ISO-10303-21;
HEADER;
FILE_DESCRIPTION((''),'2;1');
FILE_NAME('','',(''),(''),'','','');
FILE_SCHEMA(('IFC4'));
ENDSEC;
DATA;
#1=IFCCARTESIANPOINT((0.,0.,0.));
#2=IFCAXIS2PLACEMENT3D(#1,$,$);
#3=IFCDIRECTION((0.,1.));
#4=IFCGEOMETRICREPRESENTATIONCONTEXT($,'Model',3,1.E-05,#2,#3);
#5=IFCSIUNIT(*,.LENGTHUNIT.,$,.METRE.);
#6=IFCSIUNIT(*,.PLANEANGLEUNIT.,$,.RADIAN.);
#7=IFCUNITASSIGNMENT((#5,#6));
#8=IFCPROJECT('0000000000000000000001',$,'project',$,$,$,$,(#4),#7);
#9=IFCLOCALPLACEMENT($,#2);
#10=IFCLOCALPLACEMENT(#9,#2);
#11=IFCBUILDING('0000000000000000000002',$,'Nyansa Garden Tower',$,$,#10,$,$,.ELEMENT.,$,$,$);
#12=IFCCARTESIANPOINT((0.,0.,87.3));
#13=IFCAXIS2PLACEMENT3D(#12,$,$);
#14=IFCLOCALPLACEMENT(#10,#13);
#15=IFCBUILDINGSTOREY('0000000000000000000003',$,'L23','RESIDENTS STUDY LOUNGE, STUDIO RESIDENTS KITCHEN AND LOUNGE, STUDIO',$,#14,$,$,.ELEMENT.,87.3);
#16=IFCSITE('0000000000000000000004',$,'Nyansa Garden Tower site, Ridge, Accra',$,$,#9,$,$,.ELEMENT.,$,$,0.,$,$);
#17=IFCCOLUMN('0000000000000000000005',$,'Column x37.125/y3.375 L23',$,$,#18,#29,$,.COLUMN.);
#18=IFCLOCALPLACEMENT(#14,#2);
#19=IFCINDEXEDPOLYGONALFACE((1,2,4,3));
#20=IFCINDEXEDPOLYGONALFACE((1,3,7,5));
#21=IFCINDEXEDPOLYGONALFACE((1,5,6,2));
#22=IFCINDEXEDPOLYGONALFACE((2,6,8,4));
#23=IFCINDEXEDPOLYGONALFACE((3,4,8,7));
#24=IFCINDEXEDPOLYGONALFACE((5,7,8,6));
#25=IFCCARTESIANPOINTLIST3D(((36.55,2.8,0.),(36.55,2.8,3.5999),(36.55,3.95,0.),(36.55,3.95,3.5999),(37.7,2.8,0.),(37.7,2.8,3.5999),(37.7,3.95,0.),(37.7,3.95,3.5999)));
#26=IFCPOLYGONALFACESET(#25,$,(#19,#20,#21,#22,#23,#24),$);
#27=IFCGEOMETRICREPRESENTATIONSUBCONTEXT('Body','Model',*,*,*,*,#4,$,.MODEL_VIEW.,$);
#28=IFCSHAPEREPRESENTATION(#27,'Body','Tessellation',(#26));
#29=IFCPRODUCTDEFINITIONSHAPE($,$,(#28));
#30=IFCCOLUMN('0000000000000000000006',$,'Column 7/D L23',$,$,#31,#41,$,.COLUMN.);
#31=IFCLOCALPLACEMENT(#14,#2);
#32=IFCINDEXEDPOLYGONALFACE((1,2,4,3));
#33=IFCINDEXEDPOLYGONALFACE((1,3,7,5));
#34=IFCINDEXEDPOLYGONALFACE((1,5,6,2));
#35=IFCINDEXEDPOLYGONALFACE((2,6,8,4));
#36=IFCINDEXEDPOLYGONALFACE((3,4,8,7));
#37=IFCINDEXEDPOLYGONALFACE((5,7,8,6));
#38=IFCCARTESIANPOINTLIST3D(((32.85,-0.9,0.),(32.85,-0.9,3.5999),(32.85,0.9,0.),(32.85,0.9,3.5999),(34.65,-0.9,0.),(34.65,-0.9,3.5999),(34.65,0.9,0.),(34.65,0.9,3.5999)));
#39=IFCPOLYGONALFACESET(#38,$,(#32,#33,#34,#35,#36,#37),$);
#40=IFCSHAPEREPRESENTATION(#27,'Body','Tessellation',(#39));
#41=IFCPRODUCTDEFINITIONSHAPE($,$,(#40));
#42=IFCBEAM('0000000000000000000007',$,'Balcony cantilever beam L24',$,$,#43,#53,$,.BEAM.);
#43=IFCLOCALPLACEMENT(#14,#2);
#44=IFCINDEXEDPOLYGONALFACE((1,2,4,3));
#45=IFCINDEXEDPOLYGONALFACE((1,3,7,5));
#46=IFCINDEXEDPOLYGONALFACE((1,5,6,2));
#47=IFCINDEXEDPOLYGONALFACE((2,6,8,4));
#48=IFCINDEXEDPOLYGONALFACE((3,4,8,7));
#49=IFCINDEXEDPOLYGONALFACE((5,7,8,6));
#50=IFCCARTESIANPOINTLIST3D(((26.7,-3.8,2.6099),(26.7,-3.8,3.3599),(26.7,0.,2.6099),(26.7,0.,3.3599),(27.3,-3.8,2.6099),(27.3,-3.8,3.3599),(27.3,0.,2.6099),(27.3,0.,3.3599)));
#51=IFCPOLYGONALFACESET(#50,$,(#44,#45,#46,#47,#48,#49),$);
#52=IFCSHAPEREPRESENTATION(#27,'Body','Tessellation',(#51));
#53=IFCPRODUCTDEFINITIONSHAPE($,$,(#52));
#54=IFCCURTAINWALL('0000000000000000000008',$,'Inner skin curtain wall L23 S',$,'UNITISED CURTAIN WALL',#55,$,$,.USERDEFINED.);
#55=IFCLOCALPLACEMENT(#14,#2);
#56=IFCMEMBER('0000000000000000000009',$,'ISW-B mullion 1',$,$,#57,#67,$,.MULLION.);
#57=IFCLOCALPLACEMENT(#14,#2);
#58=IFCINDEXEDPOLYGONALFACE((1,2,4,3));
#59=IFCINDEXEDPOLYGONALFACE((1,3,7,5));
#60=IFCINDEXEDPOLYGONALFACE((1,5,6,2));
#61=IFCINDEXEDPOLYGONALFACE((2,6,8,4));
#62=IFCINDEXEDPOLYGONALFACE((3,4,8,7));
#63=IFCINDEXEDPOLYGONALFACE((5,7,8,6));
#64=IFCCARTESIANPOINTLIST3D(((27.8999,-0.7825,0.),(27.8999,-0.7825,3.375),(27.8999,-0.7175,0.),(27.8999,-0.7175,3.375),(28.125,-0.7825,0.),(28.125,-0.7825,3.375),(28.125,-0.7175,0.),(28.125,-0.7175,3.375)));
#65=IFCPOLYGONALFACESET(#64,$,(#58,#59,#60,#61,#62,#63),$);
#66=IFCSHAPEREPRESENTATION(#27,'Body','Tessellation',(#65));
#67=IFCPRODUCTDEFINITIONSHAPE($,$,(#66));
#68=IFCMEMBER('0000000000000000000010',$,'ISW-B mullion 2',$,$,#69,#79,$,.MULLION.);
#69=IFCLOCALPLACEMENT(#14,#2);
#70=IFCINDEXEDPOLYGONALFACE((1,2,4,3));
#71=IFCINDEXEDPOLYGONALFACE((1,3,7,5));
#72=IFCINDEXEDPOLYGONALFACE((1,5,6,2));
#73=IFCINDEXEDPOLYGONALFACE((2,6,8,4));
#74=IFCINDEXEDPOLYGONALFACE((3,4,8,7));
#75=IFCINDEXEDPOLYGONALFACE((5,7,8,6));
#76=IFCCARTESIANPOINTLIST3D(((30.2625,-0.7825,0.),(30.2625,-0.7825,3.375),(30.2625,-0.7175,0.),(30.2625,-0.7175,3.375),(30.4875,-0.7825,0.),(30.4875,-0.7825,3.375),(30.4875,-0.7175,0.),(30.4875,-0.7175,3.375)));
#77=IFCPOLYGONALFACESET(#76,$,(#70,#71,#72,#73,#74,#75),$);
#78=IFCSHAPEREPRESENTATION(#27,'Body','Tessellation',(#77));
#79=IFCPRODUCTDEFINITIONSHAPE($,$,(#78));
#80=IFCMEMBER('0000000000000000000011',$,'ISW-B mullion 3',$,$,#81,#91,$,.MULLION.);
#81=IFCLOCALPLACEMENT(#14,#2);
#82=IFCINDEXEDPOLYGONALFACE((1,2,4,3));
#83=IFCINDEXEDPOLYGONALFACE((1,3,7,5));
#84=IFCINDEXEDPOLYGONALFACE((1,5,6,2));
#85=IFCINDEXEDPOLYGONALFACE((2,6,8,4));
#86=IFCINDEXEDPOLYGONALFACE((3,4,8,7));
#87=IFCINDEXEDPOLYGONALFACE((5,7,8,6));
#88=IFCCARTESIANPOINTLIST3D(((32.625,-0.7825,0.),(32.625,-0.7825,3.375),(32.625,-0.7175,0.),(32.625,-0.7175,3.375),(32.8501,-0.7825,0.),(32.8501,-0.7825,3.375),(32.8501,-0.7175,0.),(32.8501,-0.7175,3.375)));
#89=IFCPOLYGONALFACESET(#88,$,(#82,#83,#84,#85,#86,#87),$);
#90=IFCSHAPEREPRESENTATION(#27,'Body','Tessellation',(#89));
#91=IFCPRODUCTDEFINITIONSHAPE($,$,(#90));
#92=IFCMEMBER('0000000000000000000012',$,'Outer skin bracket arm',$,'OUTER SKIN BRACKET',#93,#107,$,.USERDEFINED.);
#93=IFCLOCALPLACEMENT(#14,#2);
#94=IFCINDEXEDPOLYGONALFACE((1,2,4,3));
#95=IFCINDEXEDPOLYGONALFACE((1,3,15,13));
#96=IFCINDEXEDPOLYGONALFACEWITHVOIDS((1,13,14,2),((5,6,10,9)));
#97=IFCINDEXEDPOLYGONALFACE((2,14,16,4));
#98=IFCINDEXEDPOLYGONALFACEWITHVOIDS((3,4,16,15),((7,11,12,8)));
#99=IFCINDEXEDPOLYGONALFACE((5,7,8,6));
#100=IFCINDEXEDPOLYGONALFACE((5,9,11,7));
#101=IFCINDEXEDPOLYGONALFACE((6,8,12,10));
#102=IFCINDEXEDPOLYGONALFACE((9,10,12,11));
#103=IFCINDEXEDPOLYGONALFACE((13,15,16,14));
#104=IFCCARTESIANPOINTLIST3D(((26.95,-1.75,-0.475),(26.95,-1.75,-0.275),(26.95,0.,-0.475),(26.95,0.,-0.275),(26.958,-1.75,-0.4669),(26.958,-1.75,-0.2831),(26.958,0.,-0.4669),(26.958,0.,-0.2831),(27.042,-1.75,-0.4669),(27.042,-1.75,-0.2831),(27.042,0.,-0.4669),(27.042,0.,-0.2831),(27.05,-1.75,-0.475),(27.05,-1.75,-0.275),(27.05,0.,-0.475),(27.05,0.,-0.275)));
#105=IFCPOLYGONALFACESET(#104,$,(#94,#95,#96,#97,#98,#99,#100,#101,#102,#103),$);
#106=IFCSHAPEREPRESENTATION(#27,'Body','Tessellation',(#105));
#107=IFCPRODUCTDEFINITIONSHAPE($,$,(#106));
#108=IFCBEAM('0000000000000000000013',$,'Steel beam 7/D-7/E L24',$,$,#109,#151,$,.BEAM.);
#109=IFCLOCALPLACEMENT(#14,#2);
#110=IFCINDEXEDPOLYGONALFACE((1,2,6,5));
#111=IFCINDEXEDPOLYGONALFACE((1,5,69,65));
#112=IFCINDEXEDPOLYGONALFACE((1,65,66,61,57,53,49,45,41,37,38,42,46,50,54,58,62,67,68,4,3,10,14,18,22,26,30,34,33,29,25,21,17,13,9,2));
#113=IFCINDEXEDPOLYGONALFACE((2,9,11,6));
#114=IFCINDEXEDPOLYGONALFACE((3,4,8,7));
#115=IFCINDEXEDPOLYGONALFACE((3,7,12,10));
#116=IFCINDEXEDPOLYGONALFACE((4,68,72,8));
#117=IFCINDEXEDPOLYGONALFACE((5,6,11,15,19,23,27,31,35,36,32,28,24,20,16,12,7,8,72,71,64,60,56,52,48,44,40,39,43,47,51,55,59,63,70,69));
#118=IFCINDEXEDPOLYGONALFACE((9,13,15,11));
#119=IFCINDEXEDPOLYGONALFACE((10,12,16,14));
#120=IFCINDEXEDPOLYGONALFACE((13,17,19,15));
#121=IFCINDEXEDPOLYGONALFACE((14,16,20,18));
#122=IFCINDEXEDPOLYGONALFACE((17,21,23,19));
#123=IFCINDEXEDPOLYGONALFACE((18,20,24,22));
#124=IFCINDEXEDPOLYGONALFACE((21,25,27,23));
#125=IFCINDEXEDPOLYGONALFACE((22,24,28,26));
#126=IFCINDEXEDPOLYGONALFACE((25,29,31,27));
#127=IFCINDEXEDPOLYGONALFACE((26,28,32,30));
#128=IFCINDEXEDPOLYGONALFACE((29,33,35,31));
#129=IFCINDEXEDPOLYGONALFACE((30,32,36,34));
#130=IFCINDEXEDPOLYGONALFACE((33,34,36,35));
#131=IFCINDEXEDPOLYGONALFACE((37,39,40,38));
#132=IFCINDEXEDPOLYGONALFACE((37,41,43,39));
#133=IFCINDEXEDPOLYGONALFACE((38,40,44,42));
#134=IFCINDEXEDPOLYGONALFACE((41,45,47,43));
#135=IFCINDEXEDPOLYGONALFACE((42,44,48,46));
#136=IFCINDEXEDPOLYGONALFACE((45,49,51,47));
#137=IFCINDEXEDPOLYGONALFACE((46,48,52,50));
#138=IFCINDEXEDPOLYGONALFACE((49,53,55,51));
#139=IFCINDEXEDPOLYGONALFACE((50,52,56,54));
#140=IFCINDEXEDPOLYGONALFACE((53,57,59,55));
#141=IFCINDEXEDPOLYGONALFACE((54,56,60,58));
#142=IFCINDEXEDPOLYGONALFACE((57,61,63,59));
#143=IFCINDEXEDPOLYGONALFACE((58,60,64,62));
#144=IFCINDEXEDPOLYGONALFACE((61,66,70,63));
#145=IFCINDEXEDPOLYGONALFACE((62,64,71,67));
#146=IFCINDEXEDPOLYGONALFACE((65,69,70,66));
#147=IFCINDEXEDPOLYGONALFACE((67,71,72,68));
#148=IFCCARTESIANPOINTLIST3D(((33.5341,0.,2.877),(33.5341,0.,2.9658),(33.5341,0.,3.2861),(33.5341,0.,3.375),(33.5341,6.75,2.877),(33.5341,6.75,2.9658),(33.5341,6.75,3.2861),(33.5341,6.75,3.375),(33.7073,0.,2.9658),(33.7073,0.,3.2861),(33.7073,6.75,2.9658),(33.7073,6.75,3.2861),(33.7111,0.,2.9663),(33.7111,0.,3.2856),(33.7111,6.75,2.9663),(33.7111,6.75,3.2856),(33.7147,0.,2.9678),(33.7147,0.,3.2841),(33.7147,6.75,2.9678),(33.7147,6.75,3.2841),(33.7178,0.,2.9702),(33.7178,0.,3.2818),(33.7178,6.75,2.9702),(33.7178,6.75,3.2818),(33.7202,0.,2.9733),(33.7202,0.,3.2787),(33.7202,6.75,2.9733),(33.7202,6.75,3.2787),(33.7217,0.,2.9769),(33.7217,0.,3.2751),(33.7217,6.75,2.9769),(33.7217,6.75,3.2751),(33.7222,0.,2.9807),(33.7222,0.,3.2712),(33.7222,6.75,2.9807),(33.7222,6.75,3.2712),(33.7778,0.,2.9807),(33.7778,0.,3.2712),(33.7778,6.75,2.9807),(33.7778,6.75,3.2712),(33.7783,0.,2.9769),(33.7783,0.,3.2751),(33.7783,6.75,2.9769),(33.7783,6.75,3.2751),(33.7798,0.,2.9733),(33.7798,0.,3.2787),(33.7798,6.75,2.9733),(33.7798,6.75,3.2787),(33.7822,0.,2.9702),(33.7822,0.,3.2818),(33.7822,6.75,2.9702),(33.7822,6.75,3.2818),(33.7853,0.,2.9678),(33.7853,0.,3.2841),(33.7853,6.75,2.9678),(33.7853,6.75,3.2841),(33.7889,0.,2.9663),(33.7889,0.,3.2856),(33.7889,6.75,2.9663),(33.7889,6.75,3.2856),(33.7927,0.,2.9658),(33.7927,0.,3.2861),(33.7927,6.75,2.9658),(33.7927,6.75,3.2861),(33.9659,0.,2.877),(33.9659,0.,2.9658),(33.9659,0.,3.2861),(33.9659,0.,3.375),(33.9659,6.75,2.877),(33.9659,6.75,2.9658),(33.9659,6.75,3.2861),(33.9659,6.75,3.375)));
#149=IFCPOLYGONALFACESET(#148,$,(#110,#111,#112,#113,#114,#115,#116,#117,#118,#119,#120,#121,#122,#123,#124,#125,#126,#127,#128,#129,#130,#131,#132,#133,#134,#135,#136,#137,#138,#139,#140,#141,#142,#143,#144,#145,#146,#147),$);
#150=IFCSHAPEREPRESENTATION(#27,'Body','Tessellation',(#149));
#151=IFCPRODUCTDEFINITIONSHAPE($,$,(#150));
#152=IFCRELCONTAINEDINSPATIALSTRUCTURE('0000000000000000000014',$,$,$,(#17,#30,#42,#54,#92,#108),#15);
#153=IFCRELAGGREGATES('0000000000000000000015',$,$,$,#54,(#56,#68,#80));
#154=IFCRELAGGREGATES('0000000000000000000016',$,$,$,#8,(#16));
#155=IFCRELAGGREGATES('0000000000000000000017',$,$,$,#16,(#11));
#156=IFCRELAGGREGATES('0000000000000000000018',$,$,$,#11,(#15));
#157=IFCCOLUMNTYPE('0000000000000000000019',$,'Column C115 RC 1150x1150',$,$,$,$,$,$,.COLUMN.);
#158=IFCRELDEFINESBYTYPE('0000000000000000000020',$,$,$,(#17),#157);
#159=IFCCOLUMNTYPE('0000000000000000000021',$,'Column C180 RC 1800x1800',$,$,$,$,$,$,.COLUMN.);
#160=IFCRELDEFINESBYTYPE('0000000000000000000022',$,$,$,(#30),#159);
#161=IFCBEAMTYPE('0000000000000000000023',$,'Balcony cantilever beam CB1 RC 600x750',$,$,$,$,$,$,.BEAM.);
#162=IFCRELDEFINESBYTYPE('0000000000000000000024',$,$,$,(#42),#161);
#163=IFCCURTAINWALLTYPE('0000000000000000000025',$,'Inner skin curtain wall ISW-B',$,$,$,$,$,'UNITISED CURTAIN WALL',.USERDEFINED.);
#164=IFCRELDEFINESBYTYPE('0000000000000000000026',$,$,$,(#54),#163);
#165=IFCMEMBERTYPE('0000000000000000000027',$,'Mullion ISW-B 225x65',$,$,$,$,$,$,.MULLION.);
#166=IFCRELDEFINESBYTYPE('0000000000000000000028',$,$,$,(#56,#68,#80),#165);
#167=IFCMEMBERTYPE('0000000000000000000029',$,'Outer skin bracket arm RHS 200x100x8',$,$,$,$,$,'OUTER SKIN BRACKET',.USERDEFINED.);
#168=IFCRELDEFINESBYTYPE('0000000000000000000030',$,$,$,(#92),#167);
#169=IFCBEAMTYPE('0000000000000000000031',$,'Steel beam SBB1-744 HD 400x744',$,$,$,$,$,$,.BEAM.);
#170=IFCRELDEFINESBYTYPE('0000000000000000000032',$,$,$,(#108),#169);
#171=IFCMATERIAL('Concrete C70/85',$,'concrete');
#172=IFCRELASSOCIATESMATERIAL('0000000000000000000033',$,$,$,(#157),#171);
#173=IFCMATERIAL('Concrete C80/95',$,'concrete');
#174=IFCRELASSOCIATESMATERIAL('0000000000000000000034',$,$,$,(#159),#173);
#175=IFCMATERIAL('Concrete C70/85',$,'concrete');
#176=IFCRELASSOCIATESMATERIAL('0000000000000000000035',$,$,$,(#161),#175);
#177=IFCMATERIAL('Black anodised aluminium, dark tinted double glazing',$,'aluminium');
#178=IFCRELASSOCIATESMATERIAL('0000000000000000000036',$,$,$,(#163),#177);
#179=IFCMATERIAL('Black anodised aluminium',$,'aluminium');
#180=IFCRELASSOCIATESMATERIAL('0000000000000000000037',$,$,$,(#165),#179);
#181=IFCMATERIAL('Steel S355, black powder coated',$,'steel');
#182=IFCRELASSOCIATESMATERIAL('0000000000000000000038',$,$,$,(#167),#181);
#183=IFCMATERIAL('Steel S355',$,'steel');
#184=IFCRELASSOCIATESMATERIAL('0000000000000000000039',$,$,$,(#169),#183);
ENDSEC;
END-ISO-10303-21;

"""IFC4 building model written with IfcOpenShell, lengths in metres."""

from ifc_helpers import new_model, si_unit, direction, frame, origin, origin_2d, place, context, subcontext, project, spatial, rectangle, hollow_rectangle, i_section, extrude, material, material_profile, profile_set, type_object, element, aggregate, save


model = new_model("IFC4")

# Units and contexts
model_context = context("Model", 3, precision=1e-05, world=origin(), true_north=direction((0.0, 1.0)))
body_context = subcontext(model_context, "Body", "Model", "MODEL_VIEW")
ifc_project = project(units=[si_unit("LENGTHUNIT", "METRE"), si_unit("PLANEANGLEUNIT", "RADIAN")], contexts=[model_context])

# Site, building, storey
site_placement = place(None, origin())
site = spatial("IfcSite", under=ifc_project, at=site_placement, Name="Nyansa Garden Tower site, Ridge, Accra", CompositionType="ELEMENT", RefElevation=0.0)
building_placement = place(site_placement, origin())
building = spatial("IfcBuilding", under=site, at=building_placement, Name="Nyansa Garden Tower", CompositionType="ELEMENT")
storey_placement = place(building_placement, frame((0.0, 0.0, 87.3)))
storey = spatial("IfcBuildingStorey", under=building, at=storey_placement, Name="L23", Description="RESIDENTS STUDY LOUNGE, STUDIO RESIDENTS KITCHEN AND LOUNGE, STUDIO", CompositionType="ELEMENT", Elevation=87.3)

# Columns
ifc_material_1 = material(Name="Concrete C70/85", Category="concrete")
ifc_material_profile_1 = material_profile(ifc_material_1, rectangle(XDim=1.1499, YDim=1.1499, at=origin_2d()), Name="RC 1150x1150")
ifc_profile_set_1 = profile_set([ifc_material_profile_1], Name="Concrete C70/85")
column_type_1 = type_object("IfcColumnType", Name="Column C115 RC 1150x1150", PredefinedType="COLUMN", material=ifc_profile_set_1)
column_1_placement = place(storey_placement, frame((37.125, 3.375, 0.0), z_axis=(0.0, 0.0, 1.0), x_axis=(1.0, 0.0, 0.0)))
element("IfcColumn", 1, at=column_1_placement, inside=storey, type_object=column_type_1, Name="Column x37.125/y3.375 L23", PredefinedType="COLUMN", context=body_context, shape_type="SweptSolid", body=[
    extrude(rectangle(XDim=1.1499, YDim=1.1499, at=origin_2d()), origin(), (0.0, 0.0, 1.0), 3.5999),
])
ifc_material_2 = material(Name="Concrete C80/95", Category="concrete")
ifc_material_profile_2 = material_profile(ifc_material_2, rectangle(XDim=1.8, YDim=1.8, at=origin_2d()), Name="RC 1800x1800")
ifc_profile_set_2 = profile_set([ifc_material_profile_2], Name="Concrete C80/95")
column_type_2 = type_object("IfcColumnType", Name="Column C180 RC 1800x1800", PredefinedType="COLUMN", material=ifc_profile_set_2)
column_2_placement = place(storey_placement, frame((33.75, 0.0, 0.0), z_axis=(0.0, 0.0, 1.0), x_axis=(1.0, 0.0, 0.0)))
element("IfcColumn", 2, at=column_2_placement, inside=storey, type_object=column_type_2, Name="Column 7/D L23", PredefinedType="COLUMN", context=body_context, shape_type="SweptSolid", body=[
    extrude(rectangle(XDim=1.8, YDim=1.8, at=origin_2d()), origin(), (0.0, 0.0, 1.0), 3.5999),
])

# Beam
ifc_material_3 = material(Name="Concrete C70/85", Category="concrete")
ifc_material_profile_3 = material_profile(ifc_material_3, rectangle(XDim=0.6001, YDim=0.75, at=origin_2d()), Name="RC 600x750")
ifc_profile_set_3 = profile_set([ifc_material_profile_3], Name="Concrete C70/85")
beam_type_1 = type_object("IfcBeamType", Name="Balcony cantilever beam CB1 RC 600x750", PredefinedType="BEAM", material=ifc_profile_set_3)
beam_1_placement = place(storey_placement, frame((27.0, 0.0, 2.9849), z_axis=(0.0, -1.0, 0.0), x_axis=(1.0, 0.0, 0.0)))
element("IfcBeam", 3, at=beam_1_placement, inside=storey, type_object=beam_type_1, Name="Balcony cantilever beam L24", PredefinedType="BEAM", context=body_context, shape_type="SweptSolid", body=[
    extrude(rectangle(XDim=0.6001, YDim=0.75, at=origin_2d()), origin(), (0.0, 0.0, 1.0), 3.8),
])

# Curtain wall, members
ifc_material_4 = material(Name="Black anodised aluminium, dark tinted double glazing", Category="aluminium")
curtain_wall_type = type_object("IfcCurtainWallType", Name="Inner skin curtain wall ISW-B", ElementType="UNITISED CURTAIN WALL", PredefinedType="USERDEFINED", material=ifc_material_4)
curtain_wall_placement = place(storey_placement, origin())
curtain_wall = element("IfcCurtainWall", 4, at=curtain_wall_placement, inside=storey, type_object=curtain_wall_type, Name="Inner skin curtain wall L23 S", ObjectType="UNITISED CURTAIN WALL", PredefinedType="USERDEFINED")
ifc_material_5 = material(Name="Black anodised aluminium", Category="aluminium")
ifc_material_profile_4 = material_profile(ifc_material_5, rectangle(XDim=0.0649, YDim=0.2251, at=origin_2d()), Name="Mullion 225x65")
ifc_profile_set_4 = profile_set([ifc_material_profile_4], Name="Black anodised aluminium")
member_type_1 = type_object("IfcMemberType", Name="Mullion ISW-B 225x65", PredefinedType="MULLION", material=ifc_profile_set_4)
member_1_placement = place(storey_placement, frame((28.0125, -0.75, 0.0), z_axis=(0.0, 0.0, 1.0), x_axis=(0.0, 1.0, 0.0)))
member_1 = element("IfcMember", 5, at=member_1_placement, type_object=member_type_1, Name="ISW-B mullion 1", PredefinedType="MULLION", context=body_context, shape_type="SweptSolid", body=[
    extrude(rectangle(XDim=0.0649, YDim=0.2251, at=origin_2d()), origin(), (0.0, 0.0, 1.0), 3.375),
])
member_2_placement = place(storey_placement, frame((30.375, -0.75, 0.0), z_axis=(0.0, 0.0, 1.0), x_axis=(0.0, 1.0, 0.0)))
member_2 = element("IfcMember", 6, at=member_2_placement, type_object=member_type_1, Name="ISW-B mullion 2", PredefinedType="MULLION", context=body_context, shape_type="SweptSolid", body=[
    extrude(rectangle(XDim=0.0649, YDim=0.2251, at=origin_2d()), origin(), (0.0, 0.0, 1.0), 3.375),
])
member_3_placement = place(storey_placement, frame((32.7375, -0.75, 0.0), z_axis=(0.0, 0.0, 1.0), x_axis=(0.0, 1.0, 0.0)))
member_3 = element("IfcMember", 7, at=member_3_placement, type_object=member_type_1, Name="ISW-B mullion 3", PredefinedType="MULLION", context=body_context, shape_type="SweptSolid", body=[
    extrude(rectangle(XDim=0.0649, YDim=0.2251, at=origin_2d()), origin(), (0.0, 0.0, 1.0), 3.375),
])

# Member
ifc_material_6 = material(Name="Steel S355, black powder coated", Category="steel")
ifc_material_profile_5 = material_profile(ifc_material_6, hollow_rectangle(XDim=0.1001, YDim=0.2, WallThickness=0.0081, at=origin_2d()), Name="RHS 200x100x8")
ifc_profile_set_5 = profile_set([ifc_material_profile_5], Name="Steel S355, black powder coated")
member_type_2 = type_object("IfcMemberType", Name="Outer skin bracket arm RHS 200x100x8", ElementType="OUTER SKIN BRACKET", PredefinedType="USERDEFINED", material=ifc_profile_set_5)
member_4_placement = place(storey_placement, frame((27.0, 0.0, -0.375), z_axis=(0.0, -1.0, 0.0), x_axis=(1.0, 0.0, 0.0)))
element("IfcMember", 8, at=member_4_placement, inside=storey, type_object=member_type_2, Name="Outer skin bracket arm", ObjectType="OUTER SKIN BRACKET", PredefinedType="USERDEFINED", context=body_context, shape_type="SweptSolid", body=[
    extrude(hollow_rectangle(XDim=0.1001, YDim=0.2, WallThickness=0.0081, at=origin_2d()), origin(), (0.0, 0.0, 1.0), 1.75),
])

# Beam
ifc_material_7 = material(Name="Steel S355", Category="steel")
ifc_material_profile_6 = material_profile(ifc_material_7, i_section(OverallWidth=0.4319, OverallDepth=0.498, WebThickness=0.0557, FlangeThickness=0.0889, FilletRadius=0.0149, at=origin_2d()), Name="HD 400x744")
ifc_profile_set_6 = profile_set([ifc_material_profile_6], Name="Steel S355")
beam_type_2 = type_object("IfcBeamType", Name="Steel beam SBB1-744 HD 400x744", PredefinedType="BEAM", material=ifc_profile_set_6)
beam_2_placement = place(storey_placement, frame((33.75, 0.0, 3.126), z_axis=(0.0, 1.0, 0.0), x_axis=(-1.0, 0.0, 0.0)))
element("IfcBeam", 9, at=beam_2_placement, inside=storey, type_object=beam_type_2, Name="Steel beam 7/D-7/E L24", PredefinedType="BEAM", context=body_context, shape_type="SweptSolid", body=[
    extrude(i_section(OverallWidth=0.4319, OverallDepth=0.498, WebThickness=0.0557, FlangeThickness=0.0889, FilletRadius=0.0149, at=origin_2d()), origin(), (0.0, 0.0, 1.0), 6.75),
])

aggregate(curtain_wall, [member_1, member_2, member_3])

save(model, "model.ifc")
